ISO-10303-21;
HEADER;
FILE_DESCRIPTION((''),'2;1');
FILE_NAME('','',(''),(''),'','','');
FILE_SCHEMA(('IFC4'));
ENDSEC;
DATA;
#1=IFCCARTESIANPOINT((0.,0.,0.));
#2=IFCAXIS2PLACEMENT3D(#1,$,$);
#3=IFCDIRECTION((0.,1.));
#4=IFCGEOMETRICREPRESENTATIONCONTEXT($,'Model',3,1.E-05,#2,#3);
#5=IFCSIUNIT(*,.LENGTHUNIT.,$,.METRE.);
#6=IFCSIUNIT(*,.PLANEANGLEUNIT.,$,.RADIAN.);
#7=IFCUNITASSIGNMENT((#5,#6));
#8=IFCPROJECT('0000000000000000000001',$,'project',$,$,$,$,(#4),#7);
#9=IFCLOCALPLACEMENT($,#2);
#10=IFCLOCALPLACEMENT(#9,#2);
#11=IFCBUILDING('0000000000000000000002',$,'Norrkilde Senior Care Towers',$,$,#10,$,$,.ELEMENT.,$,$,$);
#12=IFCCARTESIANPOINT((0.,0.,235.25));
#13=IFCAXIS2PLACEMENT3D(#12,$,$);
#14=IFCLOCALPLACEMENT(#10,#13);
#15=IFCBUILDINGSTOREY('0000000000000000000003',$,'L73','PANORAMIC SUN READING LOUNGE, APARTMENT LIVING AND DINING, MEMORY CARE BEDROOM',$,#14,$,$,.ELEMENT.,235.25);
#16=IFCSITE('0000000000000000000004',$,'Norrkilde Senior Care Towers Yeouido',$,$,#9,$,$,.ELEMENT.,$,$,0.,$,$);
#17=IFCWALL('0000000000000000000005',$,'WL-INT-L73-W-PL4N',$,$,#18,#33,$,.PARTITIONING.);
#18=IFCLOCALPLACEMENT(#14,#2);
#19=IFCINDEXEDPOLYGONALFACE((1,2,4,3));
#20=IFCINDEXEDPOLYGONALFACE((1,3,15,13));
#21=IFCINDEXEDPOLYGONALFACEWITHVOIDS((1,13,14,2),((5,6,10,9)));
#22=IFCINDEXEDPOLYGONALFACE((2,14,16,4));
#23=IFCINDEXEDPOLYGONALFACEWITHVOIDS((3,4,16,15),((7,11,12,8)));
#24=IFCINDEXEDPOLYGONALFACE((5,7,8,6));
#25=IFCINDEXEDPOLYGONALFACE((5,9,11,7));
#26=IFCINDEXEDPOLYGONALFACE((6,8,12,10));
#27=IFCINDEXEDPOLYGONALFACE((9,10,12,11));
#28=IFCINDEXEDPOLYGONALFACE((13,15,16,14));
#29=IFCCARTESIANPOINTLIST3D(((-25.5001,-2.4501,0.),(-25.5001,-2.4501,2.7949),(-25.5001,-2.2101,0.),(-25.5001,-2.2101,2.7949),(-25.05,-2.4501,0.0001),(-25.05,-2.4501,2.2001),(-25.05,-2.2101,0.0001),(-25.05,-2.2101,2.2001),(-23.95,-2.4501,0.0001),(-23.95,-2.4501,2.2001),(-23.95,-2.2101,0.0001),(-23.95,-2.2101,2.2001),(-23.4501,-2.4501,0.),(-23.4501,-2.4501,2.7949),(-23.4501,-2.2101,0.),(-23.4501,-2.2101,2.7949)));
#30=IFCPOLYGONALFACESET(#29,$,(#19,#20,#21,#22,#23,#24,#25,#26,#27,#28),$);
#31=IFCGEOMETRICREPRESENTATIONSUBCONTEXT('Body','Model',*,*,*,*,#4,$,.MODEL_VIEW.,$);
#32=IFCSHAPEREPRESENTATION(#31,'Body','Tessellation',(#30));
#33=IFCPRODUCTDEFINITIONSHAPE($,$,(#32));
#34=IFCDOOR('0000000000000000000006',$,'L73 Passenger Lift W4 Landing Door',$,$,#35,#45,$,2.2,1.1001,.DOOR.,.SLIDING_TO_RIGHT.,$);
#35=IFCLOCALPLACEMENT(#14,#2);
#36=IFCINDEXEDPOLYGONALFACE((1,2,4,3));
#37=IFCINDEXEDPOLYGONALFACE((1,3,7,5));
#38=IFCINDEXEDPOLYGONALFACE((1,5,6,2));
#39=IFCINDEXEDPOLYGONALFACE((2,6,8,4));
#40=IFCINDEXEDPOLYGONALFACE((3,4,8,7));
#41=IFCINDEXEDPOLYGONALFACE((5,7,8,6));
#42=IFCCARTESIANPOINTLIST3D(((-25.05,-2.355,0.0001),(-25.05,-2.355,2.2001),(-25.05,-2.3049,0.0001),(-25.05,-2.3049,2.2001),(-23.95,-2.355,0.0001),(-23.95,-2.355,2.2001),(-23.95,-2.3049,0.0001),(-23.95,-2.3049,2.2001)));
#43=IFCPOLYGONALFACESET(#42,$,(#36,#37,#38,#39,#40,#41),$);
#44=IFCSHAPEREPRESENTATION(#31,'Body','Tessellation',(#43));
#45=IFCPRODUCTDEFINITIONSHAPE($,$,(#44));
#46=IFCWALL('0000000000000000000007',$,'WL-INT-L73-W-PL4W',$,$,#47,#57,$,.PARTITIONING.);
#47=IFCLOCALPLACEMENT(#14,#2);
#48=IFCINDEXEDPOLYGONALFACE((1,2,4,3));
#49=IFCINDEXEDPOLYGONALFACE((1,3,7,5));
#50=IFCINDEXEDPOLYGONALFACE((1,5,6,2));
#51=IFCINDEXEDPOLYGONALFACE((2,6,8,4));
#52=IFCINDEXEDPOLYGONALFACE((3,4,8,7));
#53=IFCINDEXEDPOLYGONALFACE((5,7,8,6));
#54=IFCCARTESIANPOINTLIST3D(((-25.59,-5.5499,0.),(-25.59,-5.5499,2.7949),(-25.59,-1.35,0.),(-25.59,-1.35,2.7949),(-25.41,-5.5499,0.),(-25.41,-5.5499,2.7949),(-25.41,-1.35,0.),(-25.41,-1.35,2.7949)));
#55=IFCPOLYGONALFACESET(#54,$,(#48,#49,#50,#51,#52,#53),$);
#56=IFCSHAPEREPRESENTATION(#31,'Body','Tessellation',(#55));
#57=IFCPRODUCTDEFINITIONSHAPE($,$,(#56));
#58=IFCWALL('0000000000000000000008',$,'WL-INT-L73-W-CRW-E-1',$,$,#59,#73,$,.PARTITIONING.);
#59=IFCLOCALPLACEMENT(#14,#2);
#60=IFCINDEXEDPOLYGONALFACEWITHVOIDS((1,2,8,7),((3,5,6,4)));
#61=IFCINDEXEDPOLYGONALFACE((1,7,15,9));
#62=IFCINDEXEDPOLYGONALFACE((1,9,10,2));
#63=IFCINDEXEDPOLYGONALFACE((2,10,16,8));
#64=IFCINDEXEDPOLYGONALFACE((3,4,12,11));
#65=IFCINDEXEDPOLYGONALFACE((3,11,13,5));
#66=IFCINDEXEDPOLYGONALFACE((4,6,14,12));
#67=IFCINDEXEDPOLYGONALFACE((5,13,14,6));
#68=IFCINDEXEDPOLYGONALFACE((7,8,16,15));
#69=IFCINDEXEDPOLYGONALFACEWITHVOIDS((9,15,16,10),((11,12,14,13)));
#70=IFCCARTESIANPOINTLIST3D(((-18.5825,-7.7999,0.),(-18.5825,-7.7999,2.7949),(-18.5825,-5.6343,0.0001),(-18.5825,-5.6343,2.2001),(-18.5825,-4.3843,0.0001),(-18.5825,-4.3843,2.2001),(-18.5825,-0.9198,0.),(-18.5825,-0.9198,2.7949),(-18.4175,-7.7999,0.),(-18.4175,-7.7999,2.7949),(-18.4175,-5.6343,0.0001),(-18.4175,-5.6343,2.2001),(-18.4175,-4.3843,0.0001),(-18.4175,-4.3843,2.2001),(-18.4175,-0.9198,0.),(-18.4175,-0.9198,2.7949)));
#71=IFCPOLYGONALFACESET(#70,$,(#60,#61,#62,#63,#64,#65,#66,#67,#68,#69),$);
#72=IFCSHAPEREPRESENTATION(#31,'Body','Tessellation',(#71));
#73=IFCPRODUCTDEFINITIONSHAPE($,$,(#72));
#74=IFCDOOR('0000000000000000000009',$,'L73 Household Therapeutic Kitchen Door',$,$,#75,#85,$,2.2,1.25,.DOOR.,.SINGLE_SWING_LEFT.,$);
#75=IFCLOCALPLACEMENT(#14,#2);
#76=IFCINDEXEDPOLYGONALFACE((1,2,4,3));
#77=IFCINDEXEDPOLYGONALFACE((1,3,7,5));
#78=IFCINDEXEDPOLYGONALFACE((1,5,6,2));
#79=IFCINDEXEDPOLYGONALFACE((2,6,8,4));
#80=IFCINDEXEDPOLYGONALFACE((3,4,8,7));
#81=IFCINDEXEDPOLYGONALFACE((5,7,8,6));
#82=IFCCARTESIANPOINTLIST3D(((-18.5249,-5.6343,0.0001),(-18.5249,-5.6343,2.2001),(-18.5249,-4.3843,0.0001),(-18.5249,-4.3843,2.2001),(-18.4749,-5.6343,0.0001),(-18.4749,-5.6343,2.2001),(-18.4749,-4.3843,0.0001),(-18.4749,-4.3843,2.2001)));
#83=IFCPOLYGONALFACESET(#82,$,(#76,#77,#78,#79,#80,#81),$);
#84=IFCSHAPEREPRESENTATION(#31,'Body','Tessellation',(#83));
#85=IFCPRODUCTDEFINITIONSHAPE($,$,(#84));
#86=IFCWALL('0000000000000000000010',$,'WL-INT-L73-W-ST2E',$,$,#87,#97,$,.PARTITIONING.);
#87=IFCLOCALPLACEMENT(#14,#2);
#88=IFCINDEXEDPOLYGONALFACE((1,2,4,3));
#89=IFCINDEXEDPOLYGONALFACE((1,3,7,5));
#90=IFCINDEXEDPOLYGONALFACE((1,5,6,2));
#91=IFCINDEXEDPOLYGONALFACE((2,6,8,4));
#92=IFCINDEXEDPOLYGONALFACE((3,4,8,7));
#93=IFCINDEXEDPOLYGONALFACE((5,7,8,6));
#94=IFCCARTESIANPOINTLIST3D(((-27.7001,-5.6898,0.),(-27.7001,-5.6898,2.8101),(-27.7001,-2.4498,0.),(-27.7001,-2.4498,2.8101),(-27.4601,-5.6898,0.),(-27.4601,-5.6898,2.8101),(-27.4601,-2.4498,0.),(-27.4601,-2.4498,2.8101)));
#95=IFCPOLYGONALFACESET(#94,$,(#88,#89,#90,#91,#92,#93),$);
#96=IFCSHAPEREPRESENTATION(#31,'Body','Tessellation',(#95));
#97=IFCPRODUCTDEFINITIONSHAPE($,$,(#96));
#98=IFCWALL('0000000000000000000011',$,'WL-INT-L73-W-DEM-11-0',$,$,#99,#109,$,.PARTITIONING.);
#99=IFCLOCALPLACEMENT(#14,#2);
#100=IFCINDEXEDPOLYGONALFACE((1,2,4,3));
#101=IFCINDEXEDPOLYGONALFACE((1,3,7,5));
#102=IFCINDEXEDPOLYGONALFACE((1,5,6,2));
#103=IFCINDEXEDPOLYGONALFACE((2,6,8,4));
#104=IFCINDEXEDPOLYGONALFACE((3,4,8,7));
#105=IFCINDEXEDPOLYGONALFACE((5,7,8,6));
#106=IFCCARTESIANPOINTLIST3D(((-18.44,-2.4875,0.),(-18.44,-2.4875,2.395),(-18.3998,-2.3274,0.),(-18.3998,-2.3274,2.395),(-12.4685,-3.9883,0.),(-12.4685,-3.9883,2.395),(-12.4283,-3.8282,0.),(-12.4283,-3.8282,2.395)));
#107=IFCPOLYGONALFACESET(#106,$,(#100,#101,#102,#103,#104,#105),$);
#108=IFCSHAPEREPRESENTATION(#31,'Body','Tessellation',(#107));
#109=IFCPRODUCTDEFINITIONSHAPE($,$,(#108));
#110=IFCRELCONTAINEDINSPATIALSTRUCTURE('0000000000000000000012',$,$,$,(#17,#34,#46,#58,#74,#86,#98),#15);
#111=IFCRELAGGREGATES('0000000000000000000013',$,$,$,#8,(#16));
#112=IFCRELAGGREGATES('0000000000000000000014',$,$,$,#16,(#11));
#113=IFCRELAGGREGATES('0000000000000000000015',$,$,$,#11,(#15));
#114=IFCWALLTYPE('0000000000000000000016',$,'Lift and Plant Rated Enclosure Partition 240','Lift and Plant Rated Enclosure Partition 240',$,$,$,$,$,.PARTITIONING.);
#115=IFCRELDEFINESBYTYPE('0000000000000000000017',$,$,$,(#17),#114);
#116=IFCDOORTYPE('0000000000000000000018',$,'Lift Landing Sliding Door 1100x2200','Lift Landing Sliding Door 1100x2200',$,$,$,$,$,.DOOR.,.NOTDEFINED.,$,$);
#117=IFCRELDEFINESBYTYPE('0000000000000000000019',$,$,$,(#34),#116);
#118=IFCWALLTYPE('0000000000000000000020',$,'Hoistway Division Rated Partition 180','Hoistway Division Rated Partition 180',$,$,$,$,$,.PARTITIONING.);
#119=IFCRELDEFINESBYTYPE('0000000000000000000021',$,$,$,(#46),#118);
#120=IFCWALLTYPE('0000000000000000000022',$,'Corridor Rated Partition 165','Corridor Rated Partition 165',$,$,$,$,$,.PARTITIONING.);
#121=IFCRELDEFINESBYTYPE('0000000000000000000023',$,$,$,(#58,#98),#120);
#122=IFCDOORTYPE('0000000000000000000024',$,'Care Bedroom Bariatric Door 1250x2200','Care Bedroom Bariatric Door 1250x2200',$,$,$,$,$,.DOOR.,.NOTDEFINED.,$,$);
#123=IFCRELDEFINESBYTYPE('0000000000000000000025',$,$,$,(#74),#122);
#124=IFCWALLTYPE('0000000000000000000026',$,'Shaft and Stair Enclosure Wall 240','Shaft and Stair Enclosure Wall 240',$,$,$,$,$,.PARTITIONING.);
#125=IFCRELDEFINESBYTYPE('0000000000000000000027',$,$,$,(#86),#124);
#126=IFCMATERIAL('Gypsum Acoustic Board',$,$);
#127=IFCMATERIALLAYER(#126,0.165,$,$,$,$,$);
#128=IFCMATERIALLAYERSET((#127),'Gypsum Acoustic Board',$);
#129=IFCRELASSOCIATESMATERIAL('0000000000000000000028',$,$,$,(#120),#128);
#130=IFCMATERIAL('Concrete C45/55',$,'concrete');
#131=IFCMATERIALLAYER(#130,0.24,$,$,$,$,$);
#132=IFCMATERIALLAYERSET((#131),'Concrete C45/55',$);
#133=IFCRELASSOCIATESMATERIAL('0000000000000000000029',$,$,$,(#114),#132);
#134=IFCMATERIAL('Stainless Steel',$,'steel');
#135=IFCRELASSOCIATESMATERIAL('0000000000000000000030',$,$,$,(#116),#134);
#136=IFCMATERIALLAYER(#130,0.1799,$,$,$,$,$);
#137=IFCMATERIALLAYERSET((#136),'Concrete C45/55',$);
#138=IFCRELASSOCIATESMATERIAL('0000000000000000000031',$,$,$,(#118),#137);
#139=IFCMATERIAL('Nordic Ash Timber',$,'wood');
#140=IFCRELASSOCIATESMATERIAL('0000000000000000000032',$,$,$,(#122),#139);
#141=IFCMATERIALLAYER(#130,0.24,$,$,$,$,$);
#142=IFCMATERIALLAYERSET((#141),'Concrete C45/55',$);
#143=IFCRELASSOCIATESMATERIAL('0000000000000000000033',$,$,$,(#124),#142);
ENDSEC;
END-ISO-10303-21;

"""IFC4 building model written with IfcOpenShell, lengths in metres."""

from ifc_helpers import new_model, si_unit, direction, frame, frame_2d, origin, place, context, subcontext, project, spatial, rectangle, extrude, source, transform, mapped, material, layer, layer_set, type_object, type_shapes, element, fill, save


model = new_model("IFC4")

# Units and contexts
model_context = context("Model", 3, precision=1e-05, world=origin(), true_north=direction((0.0, 1.0)))
body_context = subcontext(model_context, "Body", "Model", "MODEL_VIEW")
ifc_project = project(units=[si_unit("LENGTHUNIT", "METRE"), si_unit("PLANEANGLEUNIT", "RADIAN")], contexts=[model_context])

# Site, building, storey
site_placement = place(None, origin())
site = spatial("IfcSite", under=ifc_project, at=site_placement, Name="Norrkilde Senior Care Towers Yeouido", CompositionType="ELEMENT", RefElevation=0.0)
building_placement = place(site_placement, origin())
building = spatial("IfcBuilding", under=site, at=building_placement, Name="Norrkilde Senior Care Towers", CompositionType="ELEMENT")
storey_placement = place(building_placement, frame((0.0, 0.0, 235.25)))
storey = spatial("IfcBuildingStorey", under=building, at=storey_placement, Name="L73", Description="PANORAMIC SUN READING LOUNGE, APARTMENT LIVING AND DINING, MEMORY CARE BEDROOM", CompositionType="ELEMENT", Elevation=235.25)

# Shared definitions
ifc_material_1 = material(Name="Concrete C45/55", Category="concrete")

# Wall, opening, door
ifc_material_2 = material(Name="Gypsum Acoustic Board")
ifc_layer_1 = layer(ifc_material_2, 0.165)
ifc_layer_set_1 = layer_set([ifc_layer_1], Name="Gypsum Acoustic Board")
wall_type_1 = type_object("IfcWallType", Name="Corridor Rated Partition 165", Description="Corridor Rated Partition 165", PredefinedType="PARTITIONING", material=ifc_layer_set_1)
ifc_layer_2 = layer(ifc_material_1, 0.24)
ifc_layer_set_2 = layer_set([ifc_layer_2], Name="Concrete C45/55")
wall_type_2 = type_object("IfcWallType", Name="Lift and Plant Rated Enclosure Partition 240", Description="Lift and Plant Rated Enclosure Partition 240", PredefinedType="PARTITIONING", material=ifc_layer_set_2)
shared_shape_1 = source(origin(), body_context, "Body", "SweptSolid", [
    extrude(rectangle(XDim=2.05, YDim=0.24, at=frame_2d((1.0249, 0.0))), origin(), (0.0, 0.0, 1.0), 2.7949),
])
type_shapes(wall_type_2, [shared_shape_1])
wall_1_placement = place(storey_placement, frame((-25.5, -2.3301, 0.0), z_axis=(0.0, 0.0, 1.0), x_axis=(1.0, 0.0, 0.0)))
wall_1 = element("IfcWall", 1, at=wall_1_placement, inside=storey, type_object=wall_type_2, Name="WL-INT-L73-W-PL4N", PredefinedType="PARTITIONING", context=body_context, shape_type="MappedRepresentation", body=[
    mapped(shared_shape_1, transform((0.0, 0.0, 0.0), x_axis=(1.0, 0.0, 0.0), y_axis=(0.0, 1.0, 0.0), z_axis=(0.0, 0.0, 1.0), scale=1.0)),
])
opening_1_placement = place(wall_1_placement, frame((0.45, 0.0, 0.0)))
opening_1 = element("IfcOpeningElement", 2, at=opening_1_placement, cuts=wall_1, PredefinedType="OPENING", context=body_context, shape_type="SweptSolid", body=[
    extrude(rectangle(XDim=1.1001, YDim=2.2, at=frame_2d((0.55, 1.1001))), frame((0.0, 0.1299, 0.0), z_axis=(0.0, -1.0, 0.0), x_axis=(1.0, 0.0, 0.0)), (0.0, 0.0, 1.0), 0.26),
])
ifc_material_3 = material(Name="Stainless Steel", Category="steel")
door_type_1 = type_object("IfcDoorType", Name="Lift Landing Sliding Door 1100x2200", Description="Lift Landing Sliding Door 1100x2200", OperationType="NOTDEFINED", PredefinedType="DOOR", material=ifc_material_3)
shared_shape_2 = source(origin(), body_context, "Body", "SweptSolid", [
    extrude(rectangle(XDim=1.1001, YDim=2.2, at=frame_2d((0.55, 1.1001))), frame((0.0, 0.0249, 0.0), z_axis=(0.0, -1.0, 0.0), x_axis=(1.0, 0.0, 0.0)), (0.0, 0.0, 1.0), 0.05),
])
type_shapes(door_type_1, [shared_shape_2])
door_1_placement = place(opening_1_placement, frame((1.1001, 0.0, 0.0), z_axis=(0.0, 0.0, 1.0), x_axis=(-1.0, 0.0, 0.0)))
door_1 = element("IfcDoor", 3, at=door_1_placement, inside=storey, type_object=door_type_1, Name="L73 Passenger Lift W4 Landing Door", OperationType="SLIDING_TO_RIGHT", OverallHeight=2.2, OverallWidth=1.1001, PredefinedType="DOOR", context=body_context, shape_type="MappedRepresentation", body=[
    mapped(shared_shape_2, transform((0.0, 0.0, 0.0), x_axis=(1.0, 0.0, 0.0), y_axis=(0.0, 1.0, 0.0), z_axis=(0.0, 0.0, 1.0), scale=1.0)),
])
fill(opening_1, door_1)

# Wall
ifc_layer_3 = layer(ifc_material_1, 0.1799)
ifc_layer_set_3 = layer_set([ifc_layer_3], Name="Concrete C45/55")
wall_type_3 = type_object("IfcWallType", Name="Hoistway Division Rated Partition 180", Description="Hoistway Division Rated Partition 180", PredefinedType="PARTITIONING", material=ifc_layer_set_3)
shared_shape_3 = source(origin(), body_context, "Body", "SweptSolid", [
    extrude(rectangle(XDim=4.2, YDim=0.1799, at=frame_2d((2.1001, 0.0))), origin(), (0.0, 0.0, 1.0), 2.7949),
])
type_shapes(wall_type_3, [shared_shape_3])
wall_2_placement = place(storey_placement, frame((-25.5, -5.55, 0.0), z_axis=(0.0, 0.0, 1.0), x_axis=(0.0, 1.0, 0.0)))
element("IfcWall", 4, at=wall_2_placement, inside=storey, type_object=wall_type_3, Name="WL-INT-L73-W-PL4W", PredefinedType="PARTITIONING", context=body_context, shape_type="MappedRepresentation", body=[
    mapped(shared_shape_3, transform((0.0, 0.0, 0.0), x_axis=(1.0, 0.0, 0.0), y_axis=(0.0, 1.0, 0.0), z_axis=(0.0, 0.0, 1.0), scale=1.0)),
])

# Wall, opening, door
shared_shape_4 = source(origin(), body_context, "Body", "SweptSolid", [
    extrude(rectangle(XDim=6.8801, YDim=0.165, at=frame_2d((3.4399, 0.0))), origin(), (0.0, 0.0, 1.0), 2.7949),
])
wall_3_placement = place(storey_placement, frame((-18.5, -0.9199, 0.0), z_axis=(0.0, 0.0, 1.0), x_axis=(0.0, -1.0, 0.0)))
wall_3 = element("IfcWall", 5, at=wall_3_placement, inside=storey, type_object=wall_type_1, Name="WL-INT-L73-W-CRW-E-1", PredefinedType="PARTITIONING", context=body_context, shape_type="MappedRepresentation", body=[
    mapped(shared_shape_4, transform((0.0, 0.0, 0.0), x_axis=(1.0, 0.0, 0.0), y_axis=(0.0, 1.0, 0.0), z_axis=(0.0, 0.0, 1.0), scale=1.0)),
])
opening_2_placement = place(wall_3_placement, frame((3.4644, 0.0, 0.0)))
opening_2 = element("IfcOpeningElement", 6, at=opening_2_placement, cuts=wall_3, PredefinedType="OPENING", context=body_context, shape_type="SweptSolid", body=[
    extrude(rectangle(XDim=1.25, YDim=2.2, at=frame_2d((0.625, 1.1001))), frame((0.0, 0.0925, 0.0), z_axis=(0.0, -1.0, 0.0), x_axis=(1.0, 0.0, 0.0)), (0.0, 0.0, 1.0), 0.1851),
])
ifc_material_4 = material(Name="Nordic Ash Timber", Category="wood")
door_type_2 = type_object("IfcDoorType", Name="Care Bedroom Bariatric Door 1250x2200", Description="Care Bedroom Bariatric Door 1250x2200", OperationType="NOTDEFINED", PredefinedType="DOOR", material=ifc_material_4)
shared_shape_5 = source(origin(), body_context, "Body", "SweptSolid", [
    extrude(rectangle(XDim=1.25, YDim=2.2, at=frame_2d((0.625, 1.1001))), frame((0.0, 0.0249, 0.0), z_axis=(0.0, -1.0, 0.0), x_axis=(1.0, 0.0, 0.0)), (0.0, 0.0, 1.0), 0.05),
])
type_shapes(door_type_2, [shared_shape_5])
door_2_placement = place(opening_2_placement, frame((1.25, 0.0, 0.0), z_axis=(0.0, 0.0, 1.0), x_axis=(-1.0, 0.0, 0.0)))
door_2 = element("IfcDoor", 7, at=door_2_placement, inside=storey, type_object=door_type_2, Name="L73 Household Therapeutic Kitchen Door", OperationType="SINGLE_SWING_LEFT", OverallHeight=2.2, OverallWidth=1.25, PredefinedType="DOOR", context=body_context, shape_type="MappedRepresentation", body=[
    mapped(shared_shape_5, transform((0.0, 0.0, 0.0), x_axis=(1.0, 0.0, 0.0), y_axis=(0.0, 1.0, 0.0), z_axis=(0.0, 0.0, 1.0), scale=1.0)),
])
fill(opening_2, door_2)

# Walls
ifc_layer_4 = layer(ifc_material_1, 0.24)
ifc_layer_set_4 = layer_set([ifc_layer_4], Name="Concrete C45/55")
wall_type_4 = type_object("IfcWallType", Name="Shaft and Stair Enclosure Wall 240", Description="Shaft and Stair Enclosure Wall 240", PredefinedType="PARTITIONING", material=ifc_layer_set_4)
shared_shape_6 = source(origin(), body_context, "Body", "SweptSolid", [
    extrude(rectangle(XDim=3.24, YDim=0.24, at=frame_2d((1.6201, 0.0))), origin(), (0.0, 0.0, 1.0), 2.8101),
])
type_shapes(wall_type_4, [shared_shape_6])
wall_4_placement = place(storey_placement, frame((-27.5801, -5.6899, 0.0), z_axis=(0.0, 0.0, 1.0), x_axis=(0.0, 1.0, 0.0)))
element("IfcWall", 8, at=wall_4_placement, inside=storey, type_object=wall_type_4, Name="WL-INT-L73-W-ST2E", PredefinedType="PARTITIONING", context=body_context, shape_type="MappedRepresentation", body=[
    mapped(shared_shape_6, transform((0.0, 0.0, 0.0), x_axis=(1.0, 0.0, 0.0), y_axis=(0.0, 1.0, 0.0), z_axis=(0.0, 0.0, 1.0), scale=1.0)),
])
shared_shape_7 = source(origin(), body_context, "Body", "SweptSolid", [
    extrude(rectangle(XDim=6.1572, YDim=0.165, at=frame_2d((3.0786, 0.0))), origin(), (0.0, 0.0, 1.0), 2.395),
])
wall_5_placement = place(storey_placement, frame((-18.4199, -2.4075, 0.0), z_axis=(0.0, 0.0, 1.0), x_axis=(0.969841, -0.243739, 0.0)))
element("IfcWall", 9, at=wall_5_placement, inside=storey, type_object=wall_type_1, Name="WL-INT-L73-W-DEM-11-0", PredefinedType="PARTITIONING", context=body_context, shape_type="MappedRepresentation", body=[
    mapped(shared_shape_7, transform((0.0, 0.0, 0.0), x_axis=(1.0, 0.0, 0.0), y_axis=(0.0, 1.0, 0.0), z_axis=(0.0, 0.0, 1.0), scale=1.0)),
])

save(model, "model.ifc")
